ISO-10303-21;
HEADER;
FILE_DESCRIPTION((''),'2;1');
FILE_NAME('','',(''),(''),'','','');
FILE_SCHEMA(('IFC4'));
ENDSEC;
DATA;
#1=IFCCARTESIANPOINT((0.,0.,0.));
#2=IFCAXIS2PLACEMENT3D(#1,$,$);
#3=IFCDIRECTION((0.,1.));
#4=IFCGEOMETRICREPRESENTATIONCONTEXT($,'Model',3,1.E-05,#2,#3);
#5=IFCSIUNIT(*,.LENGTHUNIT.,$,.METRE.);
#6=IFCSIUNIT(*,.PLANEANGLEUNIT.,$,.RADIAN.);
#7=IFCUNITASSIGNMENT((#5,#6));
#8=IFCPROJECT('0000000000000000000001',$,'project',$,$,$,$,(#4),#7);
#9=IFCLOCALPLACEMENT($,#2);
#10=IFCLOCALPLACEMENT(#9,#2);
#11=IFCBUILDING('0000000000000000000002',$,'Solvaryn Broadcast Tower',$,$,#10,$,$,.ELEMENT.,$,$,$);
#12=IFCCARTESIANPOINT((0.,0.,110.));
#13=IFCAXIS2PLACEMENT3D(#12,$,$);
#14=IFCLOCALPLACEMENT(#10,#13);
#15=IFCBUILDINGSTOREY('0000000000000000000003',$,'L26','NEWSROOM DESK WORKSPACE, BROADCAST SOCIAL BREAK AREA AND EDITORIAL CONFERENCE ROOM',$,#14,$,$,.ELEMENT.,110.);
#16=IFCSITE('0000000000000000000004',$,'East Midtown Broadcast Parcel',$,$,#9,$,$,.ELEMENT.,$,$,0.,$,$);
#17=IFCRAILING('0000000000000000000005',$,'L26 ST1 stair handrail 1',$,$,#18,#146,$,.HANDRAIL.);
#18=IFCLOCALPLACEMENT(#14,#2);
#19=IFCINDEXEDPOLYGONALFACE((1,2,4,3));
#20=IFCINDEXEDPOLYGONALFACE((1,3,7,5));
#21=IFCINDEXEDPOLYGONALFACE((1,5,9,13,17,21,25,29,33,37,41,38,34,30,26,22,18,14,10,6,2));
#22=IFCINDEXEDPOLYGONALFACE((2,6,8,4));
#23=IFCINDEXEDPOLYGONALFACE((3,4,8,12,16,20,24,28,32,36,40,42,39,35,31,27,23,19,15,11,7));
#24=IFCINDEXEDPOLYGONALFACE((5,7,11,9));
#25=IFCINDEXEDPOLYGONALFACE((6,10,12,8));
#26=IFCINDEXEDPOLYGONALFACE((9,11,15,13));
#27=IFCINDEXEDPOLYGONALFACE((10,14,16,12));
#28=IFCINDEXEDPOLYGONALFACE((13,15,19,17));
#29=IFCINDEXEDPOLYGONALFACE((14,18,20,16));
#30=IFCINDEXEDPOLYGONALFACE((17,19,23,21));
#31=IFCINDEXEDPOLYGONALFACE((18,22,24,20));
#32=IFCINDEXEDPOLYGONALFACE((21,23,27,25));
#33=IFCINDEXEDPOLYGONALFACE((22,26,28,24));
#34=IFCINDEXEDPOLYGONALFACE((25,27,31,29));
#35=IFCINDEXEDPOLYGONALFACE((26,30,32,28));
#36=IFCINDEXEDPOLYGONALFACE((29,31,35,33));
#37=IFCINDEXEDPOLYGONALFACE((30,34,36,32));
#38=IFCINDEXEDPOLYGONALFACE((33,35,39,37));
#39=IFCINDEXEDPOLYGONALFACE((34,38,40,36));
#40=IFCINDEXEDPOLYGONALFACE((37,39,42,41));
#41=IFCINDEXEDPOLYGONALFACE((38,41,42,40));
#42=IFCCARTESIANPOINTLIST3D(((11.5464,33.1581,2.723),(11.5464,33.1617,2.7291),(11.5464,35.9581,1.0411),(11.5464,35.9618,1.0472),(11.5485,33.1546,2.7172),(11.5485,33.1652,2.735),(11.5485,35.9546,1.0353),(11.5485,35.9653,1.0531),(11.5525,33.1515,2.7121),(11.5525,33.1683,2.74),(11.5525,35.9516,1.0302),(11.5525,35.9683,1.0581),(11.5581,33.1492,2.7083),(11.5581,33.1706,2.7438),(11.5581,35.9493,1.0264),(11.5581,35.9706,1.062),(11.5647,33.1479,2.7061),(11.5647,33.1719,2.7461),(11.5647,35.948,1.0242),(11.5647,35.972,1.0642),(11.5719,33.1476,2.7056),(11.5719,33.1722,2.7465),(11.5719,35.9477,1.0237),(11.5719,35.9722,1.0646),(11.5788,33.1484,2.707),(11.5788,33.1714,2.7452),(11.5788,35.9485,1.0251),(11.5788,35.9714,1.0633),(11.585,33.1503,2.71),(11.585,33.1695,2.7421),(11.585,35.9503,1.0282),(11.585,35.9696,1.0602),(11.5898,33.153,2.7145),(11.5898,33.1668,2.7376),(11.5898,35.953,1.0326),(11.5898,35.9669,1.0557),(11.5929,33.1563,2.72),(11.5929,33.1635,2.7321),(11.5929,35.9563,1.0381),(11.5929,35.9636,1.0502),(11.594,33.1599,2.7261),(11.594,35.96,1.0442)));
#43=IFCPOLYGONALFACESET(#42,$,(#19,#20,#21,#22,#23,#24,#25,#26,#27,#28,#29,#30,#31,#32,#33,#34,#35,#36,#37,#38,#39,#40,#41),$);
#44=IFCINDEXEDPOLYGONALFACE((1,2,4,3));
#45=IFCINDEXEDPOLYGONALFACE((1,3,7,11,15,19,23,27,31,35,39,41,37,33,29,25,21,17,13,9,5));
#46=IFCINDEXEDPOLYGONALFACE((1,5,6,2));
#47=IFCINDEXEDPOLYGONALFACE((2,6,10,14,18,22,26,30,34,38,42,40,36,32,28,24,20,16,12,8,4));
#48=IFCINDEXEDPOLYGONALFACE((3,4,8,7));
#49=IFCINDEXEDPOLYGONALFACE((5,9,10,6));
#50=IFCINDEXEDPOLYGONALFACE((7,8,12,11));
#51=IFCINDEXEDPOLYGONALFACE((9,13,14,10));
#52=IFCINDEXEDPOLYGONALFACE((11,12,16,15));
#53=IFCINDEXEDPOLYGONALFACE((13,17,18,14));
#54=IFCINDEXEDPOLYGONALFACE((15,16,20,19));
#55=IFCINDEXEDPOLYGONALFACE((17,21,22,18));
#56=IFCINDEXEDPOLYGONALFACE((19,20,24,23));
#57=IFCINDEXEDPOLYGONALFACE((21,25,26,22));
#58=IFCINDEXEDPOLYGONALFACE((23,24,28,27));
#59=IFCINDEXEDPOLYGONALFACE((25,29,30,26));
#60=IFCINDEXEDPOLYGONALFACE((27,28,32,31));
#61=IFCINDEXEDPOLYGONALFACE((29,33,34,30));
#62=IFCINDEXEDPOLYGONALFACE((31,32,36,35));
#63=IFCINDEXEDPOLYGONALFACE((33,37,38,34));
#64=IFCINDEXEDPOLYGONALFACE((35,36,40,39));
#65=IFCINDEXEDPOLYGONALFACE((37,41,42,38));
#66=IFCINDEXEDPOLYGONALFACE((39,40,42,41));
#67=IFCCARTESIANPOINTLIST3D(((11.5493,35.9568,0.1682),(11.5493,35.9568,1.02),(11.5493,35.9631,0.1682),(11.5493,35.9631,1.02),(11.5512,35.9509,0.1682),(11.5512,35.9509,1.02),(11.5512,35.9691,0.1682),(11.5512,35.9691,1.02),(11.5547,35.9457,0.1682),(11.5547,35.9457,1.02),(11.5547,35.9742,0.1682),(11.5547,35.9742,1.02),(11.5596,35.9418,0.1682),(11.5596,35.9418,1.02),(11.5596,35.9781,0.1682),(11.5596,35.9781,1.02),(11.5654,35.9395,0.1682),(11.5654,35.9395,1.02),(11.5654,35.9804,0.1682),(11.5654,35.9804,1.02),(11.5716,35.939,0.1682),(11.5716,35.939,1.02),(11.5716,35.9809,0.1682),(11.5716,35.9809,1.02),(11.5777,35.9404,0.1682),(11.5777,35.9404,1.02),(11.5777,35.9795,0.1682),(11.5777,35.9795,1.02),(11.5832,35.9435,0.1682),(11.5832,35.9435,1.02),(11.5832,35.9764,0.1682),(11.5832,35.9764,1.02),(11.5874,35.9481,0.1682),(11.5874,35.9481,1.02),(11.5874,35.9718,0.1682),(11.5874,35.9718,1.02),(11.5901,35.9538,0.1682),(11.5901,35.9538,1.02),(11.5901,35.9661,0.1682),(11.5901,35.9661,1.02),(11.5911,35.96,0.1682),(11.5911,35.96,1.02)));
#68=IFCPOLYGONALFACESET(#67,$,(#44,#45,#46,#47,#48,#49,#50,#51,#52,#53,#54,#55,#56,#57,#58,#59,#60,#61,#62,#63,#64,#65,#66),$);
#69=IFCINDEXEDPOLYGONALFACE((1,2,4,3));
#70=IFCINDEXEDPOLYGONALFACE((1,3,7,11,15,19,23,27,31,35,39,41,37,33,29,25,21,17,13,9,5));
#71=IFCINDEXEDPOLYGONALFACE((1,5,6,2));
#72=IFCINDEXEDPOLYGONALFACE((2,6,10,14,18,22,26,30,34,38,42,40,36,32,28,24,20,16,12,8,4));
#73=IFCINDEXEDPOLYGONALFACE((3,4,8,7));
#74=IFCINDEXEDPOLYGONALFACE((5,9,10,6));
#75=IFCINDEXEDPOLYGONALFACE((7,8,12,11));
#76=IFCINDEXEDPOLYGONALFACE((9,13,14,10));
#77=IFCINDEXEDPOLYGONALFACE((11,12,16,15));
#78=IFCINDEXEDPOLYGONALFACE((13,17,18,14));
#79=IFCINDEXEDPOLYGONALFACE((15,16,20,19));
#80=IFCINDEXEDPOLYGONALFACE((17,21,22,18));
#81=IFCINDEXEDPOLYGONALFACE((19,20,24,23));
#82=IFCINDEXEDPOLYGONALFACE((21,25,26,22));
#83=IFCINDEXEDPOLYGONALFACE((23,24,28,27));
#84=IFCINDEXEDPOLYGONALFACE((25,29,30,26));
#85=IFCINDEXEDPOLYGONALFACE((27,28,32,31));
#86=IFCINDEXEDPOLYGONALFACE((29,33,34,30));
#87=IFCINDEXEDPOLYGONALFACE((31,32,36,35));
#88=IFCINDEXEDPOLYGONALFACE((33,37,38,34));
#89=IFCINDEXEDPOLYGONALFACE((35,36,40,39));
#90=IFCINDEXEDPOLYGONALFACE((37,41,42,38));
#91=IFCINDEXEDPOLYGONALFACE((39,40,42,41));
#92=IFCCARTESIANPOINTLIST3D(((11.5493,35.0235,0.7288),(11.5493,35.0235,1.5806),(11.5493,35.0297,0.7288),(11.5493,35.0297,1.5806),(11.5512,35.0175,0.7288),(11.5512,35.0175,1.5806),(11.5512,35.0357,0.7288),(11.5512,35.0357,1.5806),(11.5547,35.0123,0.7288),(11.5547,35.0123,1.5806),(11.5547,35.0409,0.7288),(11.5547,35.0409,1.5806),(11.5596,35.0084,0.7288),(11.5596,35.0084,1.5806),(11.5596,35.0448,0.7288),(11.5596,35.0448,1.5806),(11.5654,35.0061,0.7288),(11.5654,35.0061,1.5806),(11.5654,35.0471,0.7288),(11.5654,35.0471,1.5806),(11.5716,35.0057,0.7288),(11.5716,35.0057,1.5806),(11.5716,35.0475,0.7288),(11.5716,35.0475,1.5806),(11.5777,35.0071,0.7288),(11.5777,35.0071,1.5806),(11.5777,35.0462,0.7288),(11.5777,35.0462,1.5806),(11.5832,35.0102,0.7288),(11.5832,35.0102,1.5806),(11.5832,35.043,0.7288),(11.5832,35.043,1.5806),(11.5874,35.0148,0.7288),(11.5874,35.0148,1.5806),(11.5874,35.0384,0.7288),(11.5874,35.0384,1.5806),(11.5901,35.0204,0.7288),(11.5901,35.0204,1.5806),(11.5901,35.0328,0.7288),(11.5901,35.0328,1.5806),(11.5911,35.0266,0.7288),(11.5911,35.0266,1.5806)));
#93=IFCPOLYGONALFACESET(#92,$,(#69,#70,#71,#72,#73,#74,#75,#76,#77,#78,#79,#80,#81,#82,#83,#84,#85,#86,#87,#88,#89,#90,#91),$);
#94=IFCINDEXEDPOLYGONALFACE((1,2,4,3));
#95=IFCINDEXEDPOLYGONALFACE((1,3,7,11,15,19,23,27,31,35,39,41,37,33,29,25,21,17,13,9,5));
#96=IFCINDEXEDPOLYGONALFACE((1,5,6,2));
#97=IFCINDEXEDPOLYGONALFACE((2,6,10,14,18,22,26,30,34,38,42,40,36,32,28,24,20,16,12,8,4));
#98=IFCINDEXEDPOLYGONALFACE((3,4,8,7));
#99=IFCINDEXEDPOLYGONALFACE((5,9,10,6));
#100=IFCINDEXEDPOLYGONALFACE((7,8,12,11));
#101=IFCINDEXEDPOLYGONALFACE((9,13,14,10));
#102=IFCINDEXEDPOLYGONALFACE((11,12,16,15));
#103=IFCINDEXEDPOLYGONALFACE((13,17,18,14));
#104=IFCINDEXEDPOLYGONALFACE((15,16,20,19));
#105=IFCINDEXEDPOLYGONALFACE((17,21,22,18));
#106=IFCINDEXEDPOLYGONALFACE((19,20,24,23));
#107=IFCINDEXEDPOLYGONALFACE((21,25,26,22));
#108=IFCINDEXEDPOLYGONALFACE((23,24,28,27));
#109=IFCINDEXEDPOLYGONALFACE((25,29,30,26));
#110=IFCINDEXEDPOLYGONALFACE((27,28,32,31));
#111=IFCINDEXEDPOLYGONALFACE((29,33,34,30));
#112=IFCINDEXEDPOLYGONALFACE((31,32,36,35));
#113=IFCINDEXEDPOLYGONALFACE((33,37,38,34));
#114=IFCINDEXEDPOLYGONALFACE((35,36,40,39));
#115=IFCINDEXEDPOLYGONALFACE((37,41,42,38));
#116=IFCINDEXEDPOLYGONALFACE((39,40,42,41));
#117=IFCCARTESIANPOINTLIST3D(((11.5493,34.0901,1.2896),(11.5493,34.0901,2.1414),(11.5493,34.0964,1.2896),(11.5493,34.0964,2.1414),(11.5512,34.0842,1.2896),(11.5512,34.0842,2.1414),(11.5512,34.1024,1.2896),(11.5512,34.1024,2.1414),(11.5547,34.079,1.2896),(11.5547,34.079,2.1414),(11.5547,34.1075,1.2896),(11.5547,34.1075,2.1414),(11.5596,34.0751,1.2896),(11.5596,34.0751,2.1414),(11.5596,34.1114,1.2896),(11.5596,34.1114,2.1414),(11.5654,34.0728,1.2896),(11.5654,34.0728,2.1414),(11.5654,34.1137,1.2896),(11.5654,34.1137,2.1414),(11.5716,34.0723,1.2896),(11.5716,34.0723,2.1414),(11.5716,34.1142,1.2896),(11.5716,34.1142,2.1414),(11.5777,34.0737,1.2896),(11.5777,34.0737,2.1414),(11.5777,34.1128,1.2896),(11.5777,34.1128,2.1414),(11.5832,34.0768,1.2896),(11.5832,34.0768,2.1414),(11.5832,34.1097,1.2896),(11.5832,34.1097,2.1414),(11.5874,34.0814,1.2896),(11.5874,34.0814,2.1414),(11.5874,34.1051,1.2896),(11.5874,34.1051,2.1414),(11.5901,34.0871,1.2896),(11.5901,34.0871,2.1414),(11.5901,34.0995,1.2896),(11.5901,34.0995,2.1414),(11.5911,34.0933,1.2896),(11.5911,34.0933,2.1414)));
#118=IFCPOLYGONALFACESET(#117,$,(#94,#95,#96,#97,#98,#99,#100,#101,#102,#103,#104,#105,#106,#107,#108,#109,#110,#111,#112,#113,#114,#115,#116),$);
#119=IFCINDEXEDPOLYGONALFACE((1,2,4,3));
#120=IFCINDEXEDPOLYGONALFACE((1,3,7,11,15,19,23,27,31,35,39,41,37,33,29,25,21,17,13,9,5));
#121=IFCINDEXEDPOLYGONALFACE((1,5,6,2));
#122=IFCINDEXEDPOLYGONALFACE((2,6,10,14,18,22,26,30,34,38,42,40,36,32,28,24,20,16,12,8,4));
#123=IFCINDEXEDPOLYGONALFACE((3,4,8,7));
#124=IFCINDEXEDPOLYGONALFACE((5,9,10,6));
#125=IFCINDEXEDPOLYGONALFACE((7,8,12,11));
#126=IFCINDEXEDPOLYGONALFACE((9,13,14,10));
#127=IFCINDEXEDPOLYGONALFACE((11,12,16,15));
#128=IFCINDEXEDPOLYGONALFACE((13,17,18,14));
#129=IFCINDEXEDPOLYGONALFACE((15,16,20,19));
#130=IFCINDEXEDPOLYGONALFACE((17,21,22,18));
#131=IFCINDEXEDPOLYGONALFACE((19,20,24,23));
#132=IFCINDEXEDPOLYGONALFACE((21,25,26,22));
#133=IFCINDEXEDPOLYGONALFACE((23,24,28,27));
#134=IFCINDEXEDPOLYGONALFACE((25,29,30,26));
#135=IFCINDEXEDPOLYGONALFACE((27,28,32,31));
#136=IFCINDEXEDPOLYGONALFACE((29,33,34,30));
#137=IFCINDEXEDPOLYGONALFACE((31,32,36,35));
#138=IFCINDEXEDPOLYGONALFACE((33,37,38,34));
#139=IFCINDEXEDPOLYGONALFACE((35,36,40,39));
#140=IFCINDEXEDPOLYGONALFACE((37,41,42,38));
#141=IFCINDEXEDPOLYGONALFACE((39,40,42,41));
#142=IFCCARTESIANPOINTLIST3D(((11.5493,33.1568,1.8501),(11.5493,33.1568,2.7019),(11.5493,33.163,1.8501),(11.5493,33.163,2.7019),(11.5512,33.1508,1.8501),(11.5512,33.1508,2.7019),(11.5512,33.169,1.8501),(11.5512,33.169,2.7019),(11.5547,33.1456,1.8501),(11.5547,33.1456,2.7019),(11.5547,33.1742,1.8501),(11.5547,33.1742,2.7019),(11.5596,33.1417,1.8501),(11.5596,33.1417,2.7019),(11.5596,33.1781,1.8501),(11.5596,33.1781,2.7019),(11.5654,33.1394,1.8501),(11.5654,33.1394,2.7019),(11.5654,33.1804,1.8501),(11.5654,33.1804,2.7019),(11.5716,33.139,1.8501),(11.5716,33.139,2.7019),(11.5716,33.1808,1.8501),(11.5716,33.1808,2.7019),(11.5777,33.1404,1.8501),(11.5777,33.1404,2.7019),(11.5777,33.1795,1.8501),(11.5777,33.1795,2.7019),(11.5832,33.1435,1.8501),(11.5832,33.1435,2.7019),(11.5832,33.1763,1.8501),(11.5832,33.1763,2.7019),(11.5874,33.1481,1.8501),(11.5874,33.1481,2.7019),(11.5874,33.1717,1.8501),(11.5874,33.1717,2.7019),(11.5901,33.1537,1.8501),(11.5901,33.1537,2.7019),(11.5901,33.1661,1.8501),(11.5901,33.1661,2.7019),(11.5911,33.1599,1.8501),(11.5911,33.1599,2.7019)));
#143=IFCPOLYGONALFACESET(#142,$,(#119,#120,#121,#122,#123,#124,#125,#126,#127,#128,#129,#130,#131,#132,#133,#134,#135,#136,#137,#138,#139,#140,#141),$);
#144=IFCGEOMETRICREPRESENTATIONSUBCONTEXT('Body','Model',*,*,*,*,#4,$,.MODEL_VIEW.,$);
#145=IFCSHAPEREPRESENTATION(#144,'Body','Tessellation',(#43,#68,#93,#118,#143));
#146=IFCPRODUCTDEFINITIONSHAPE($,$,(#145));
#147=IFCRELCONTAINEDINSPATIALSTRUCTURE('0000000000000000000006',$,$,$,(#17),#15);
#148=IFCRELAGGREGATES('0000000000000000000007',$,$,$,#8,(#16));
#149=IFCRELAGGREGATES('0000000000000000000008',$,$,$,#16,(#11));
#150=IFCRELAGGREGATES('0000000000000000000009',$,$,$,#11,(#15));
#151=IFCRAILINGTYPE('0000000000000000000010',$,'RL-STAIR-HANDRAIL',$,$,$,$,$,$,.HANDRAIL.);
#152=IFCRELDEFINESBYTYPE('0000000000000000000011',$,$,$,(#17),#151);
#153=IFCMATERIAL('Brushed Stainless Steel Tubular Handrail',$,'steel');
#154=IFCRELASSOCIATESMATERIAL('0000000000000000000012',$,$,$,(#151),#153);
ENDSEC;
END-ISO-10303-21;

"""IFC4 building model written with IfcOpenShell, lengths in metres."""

from ifc_helpers import new_model, si_unit, direction, frame, origin, origin_2d, place, context, subcontext, project, spatial, circle, extrude, material, type_object, element, save


model = new_model("IFC4")

# Units and contexts
model_context = context("Model", 3, precision=1e-05, world=origin(), true_north=direction((0.0, 1.0)))
body_context = subcontext(model_context, "Body", "Model", "MODEL_VIEW")
ifc_project = project(units=[si_unit("LENGTHUNIT", "METRE"), si_unit("PLANEANGLEUNIT", "RADIAN")], contexts=[model_context])

# Site, building, storey
site_placement = place(None, origin())
site = spatial("IfcSite", under=ifc_project, at=site_placement, Name="East Midtown Broadcast Parcel", CompositionType="ELEMENT", RefElevation=0.0)
building_placement = place(site_placement, origin())
building = spatial("IfcBuilding", under=site, at=building_placement, Name="Solvaryn Broadcast Tower", CompositionType="ELEMENT")
storey_placement = place(building_placement, frame((0.0, 0.0, 110.0)))
storey = spatial("IfcBuildingStorey", under=building, at=storey_placement, Name="L26", Description="NEWSROOM DESK WORKSPACE, BROADCAST SOCIAL BREAK AREA AND EDITORIAL CONFERENCE ROOM", CompositionType="ELEMENT", Elevation=110.0)

# Railing
ifc_material_1 = material(Name="Brushed Stainless Steel Tubular Handrail", Category="steel")
railing_type_1 = type_object("IfcRailingType", Name="RL-STAIR-HANDRAIL", PredefinedType="HANDRAIL", material=ifc_material_1)
railing_1_placement = place(storey_placement, frame((11.5701, 35.96, 0.1682)))
element("IfcRailing", 1, at=railing_1_placement, inside=storey, type_object=railing_type_1, Name="L26 ST1 stair handrail 1", PredefinedType="HANDRAIL", context=body_context, shape_type="SweptSolid", body=[
    extrude(circle(Radius=0.0239, at=origin_2d()), frame((0.0, 0.0, 0.876), z_axis=(0.0, -0.857242, 0.514913), x_axis=(1.0, 0.0, 0.0)), (0.0, 0.0, 1.0), 3.2664),
    extrude(circle(Radius=0.021, at=origin_2d()), origin(), (0.0, 0.0, 1.0), 0.8518),
    extrude(circle(Radius=0.021, at=origin_2d()), frame((0.0, -0.9333, 0.5605)), (0.0, 0.0, 1.0), 0.8518),
    extrude(circle(Radius=0.021, at=origin_2d()), frame((0.0, -1.8667, 1.1213)), (0.0, 0.0, 1.0), 0.8518),
    extrude(circle(Radius=0.021, at=origin_2d()), frame((0.0, -2.8, 1.6819)), (0.0, 0.0, 1.0), 0.8518),
])

save(model, "model.ifc")
